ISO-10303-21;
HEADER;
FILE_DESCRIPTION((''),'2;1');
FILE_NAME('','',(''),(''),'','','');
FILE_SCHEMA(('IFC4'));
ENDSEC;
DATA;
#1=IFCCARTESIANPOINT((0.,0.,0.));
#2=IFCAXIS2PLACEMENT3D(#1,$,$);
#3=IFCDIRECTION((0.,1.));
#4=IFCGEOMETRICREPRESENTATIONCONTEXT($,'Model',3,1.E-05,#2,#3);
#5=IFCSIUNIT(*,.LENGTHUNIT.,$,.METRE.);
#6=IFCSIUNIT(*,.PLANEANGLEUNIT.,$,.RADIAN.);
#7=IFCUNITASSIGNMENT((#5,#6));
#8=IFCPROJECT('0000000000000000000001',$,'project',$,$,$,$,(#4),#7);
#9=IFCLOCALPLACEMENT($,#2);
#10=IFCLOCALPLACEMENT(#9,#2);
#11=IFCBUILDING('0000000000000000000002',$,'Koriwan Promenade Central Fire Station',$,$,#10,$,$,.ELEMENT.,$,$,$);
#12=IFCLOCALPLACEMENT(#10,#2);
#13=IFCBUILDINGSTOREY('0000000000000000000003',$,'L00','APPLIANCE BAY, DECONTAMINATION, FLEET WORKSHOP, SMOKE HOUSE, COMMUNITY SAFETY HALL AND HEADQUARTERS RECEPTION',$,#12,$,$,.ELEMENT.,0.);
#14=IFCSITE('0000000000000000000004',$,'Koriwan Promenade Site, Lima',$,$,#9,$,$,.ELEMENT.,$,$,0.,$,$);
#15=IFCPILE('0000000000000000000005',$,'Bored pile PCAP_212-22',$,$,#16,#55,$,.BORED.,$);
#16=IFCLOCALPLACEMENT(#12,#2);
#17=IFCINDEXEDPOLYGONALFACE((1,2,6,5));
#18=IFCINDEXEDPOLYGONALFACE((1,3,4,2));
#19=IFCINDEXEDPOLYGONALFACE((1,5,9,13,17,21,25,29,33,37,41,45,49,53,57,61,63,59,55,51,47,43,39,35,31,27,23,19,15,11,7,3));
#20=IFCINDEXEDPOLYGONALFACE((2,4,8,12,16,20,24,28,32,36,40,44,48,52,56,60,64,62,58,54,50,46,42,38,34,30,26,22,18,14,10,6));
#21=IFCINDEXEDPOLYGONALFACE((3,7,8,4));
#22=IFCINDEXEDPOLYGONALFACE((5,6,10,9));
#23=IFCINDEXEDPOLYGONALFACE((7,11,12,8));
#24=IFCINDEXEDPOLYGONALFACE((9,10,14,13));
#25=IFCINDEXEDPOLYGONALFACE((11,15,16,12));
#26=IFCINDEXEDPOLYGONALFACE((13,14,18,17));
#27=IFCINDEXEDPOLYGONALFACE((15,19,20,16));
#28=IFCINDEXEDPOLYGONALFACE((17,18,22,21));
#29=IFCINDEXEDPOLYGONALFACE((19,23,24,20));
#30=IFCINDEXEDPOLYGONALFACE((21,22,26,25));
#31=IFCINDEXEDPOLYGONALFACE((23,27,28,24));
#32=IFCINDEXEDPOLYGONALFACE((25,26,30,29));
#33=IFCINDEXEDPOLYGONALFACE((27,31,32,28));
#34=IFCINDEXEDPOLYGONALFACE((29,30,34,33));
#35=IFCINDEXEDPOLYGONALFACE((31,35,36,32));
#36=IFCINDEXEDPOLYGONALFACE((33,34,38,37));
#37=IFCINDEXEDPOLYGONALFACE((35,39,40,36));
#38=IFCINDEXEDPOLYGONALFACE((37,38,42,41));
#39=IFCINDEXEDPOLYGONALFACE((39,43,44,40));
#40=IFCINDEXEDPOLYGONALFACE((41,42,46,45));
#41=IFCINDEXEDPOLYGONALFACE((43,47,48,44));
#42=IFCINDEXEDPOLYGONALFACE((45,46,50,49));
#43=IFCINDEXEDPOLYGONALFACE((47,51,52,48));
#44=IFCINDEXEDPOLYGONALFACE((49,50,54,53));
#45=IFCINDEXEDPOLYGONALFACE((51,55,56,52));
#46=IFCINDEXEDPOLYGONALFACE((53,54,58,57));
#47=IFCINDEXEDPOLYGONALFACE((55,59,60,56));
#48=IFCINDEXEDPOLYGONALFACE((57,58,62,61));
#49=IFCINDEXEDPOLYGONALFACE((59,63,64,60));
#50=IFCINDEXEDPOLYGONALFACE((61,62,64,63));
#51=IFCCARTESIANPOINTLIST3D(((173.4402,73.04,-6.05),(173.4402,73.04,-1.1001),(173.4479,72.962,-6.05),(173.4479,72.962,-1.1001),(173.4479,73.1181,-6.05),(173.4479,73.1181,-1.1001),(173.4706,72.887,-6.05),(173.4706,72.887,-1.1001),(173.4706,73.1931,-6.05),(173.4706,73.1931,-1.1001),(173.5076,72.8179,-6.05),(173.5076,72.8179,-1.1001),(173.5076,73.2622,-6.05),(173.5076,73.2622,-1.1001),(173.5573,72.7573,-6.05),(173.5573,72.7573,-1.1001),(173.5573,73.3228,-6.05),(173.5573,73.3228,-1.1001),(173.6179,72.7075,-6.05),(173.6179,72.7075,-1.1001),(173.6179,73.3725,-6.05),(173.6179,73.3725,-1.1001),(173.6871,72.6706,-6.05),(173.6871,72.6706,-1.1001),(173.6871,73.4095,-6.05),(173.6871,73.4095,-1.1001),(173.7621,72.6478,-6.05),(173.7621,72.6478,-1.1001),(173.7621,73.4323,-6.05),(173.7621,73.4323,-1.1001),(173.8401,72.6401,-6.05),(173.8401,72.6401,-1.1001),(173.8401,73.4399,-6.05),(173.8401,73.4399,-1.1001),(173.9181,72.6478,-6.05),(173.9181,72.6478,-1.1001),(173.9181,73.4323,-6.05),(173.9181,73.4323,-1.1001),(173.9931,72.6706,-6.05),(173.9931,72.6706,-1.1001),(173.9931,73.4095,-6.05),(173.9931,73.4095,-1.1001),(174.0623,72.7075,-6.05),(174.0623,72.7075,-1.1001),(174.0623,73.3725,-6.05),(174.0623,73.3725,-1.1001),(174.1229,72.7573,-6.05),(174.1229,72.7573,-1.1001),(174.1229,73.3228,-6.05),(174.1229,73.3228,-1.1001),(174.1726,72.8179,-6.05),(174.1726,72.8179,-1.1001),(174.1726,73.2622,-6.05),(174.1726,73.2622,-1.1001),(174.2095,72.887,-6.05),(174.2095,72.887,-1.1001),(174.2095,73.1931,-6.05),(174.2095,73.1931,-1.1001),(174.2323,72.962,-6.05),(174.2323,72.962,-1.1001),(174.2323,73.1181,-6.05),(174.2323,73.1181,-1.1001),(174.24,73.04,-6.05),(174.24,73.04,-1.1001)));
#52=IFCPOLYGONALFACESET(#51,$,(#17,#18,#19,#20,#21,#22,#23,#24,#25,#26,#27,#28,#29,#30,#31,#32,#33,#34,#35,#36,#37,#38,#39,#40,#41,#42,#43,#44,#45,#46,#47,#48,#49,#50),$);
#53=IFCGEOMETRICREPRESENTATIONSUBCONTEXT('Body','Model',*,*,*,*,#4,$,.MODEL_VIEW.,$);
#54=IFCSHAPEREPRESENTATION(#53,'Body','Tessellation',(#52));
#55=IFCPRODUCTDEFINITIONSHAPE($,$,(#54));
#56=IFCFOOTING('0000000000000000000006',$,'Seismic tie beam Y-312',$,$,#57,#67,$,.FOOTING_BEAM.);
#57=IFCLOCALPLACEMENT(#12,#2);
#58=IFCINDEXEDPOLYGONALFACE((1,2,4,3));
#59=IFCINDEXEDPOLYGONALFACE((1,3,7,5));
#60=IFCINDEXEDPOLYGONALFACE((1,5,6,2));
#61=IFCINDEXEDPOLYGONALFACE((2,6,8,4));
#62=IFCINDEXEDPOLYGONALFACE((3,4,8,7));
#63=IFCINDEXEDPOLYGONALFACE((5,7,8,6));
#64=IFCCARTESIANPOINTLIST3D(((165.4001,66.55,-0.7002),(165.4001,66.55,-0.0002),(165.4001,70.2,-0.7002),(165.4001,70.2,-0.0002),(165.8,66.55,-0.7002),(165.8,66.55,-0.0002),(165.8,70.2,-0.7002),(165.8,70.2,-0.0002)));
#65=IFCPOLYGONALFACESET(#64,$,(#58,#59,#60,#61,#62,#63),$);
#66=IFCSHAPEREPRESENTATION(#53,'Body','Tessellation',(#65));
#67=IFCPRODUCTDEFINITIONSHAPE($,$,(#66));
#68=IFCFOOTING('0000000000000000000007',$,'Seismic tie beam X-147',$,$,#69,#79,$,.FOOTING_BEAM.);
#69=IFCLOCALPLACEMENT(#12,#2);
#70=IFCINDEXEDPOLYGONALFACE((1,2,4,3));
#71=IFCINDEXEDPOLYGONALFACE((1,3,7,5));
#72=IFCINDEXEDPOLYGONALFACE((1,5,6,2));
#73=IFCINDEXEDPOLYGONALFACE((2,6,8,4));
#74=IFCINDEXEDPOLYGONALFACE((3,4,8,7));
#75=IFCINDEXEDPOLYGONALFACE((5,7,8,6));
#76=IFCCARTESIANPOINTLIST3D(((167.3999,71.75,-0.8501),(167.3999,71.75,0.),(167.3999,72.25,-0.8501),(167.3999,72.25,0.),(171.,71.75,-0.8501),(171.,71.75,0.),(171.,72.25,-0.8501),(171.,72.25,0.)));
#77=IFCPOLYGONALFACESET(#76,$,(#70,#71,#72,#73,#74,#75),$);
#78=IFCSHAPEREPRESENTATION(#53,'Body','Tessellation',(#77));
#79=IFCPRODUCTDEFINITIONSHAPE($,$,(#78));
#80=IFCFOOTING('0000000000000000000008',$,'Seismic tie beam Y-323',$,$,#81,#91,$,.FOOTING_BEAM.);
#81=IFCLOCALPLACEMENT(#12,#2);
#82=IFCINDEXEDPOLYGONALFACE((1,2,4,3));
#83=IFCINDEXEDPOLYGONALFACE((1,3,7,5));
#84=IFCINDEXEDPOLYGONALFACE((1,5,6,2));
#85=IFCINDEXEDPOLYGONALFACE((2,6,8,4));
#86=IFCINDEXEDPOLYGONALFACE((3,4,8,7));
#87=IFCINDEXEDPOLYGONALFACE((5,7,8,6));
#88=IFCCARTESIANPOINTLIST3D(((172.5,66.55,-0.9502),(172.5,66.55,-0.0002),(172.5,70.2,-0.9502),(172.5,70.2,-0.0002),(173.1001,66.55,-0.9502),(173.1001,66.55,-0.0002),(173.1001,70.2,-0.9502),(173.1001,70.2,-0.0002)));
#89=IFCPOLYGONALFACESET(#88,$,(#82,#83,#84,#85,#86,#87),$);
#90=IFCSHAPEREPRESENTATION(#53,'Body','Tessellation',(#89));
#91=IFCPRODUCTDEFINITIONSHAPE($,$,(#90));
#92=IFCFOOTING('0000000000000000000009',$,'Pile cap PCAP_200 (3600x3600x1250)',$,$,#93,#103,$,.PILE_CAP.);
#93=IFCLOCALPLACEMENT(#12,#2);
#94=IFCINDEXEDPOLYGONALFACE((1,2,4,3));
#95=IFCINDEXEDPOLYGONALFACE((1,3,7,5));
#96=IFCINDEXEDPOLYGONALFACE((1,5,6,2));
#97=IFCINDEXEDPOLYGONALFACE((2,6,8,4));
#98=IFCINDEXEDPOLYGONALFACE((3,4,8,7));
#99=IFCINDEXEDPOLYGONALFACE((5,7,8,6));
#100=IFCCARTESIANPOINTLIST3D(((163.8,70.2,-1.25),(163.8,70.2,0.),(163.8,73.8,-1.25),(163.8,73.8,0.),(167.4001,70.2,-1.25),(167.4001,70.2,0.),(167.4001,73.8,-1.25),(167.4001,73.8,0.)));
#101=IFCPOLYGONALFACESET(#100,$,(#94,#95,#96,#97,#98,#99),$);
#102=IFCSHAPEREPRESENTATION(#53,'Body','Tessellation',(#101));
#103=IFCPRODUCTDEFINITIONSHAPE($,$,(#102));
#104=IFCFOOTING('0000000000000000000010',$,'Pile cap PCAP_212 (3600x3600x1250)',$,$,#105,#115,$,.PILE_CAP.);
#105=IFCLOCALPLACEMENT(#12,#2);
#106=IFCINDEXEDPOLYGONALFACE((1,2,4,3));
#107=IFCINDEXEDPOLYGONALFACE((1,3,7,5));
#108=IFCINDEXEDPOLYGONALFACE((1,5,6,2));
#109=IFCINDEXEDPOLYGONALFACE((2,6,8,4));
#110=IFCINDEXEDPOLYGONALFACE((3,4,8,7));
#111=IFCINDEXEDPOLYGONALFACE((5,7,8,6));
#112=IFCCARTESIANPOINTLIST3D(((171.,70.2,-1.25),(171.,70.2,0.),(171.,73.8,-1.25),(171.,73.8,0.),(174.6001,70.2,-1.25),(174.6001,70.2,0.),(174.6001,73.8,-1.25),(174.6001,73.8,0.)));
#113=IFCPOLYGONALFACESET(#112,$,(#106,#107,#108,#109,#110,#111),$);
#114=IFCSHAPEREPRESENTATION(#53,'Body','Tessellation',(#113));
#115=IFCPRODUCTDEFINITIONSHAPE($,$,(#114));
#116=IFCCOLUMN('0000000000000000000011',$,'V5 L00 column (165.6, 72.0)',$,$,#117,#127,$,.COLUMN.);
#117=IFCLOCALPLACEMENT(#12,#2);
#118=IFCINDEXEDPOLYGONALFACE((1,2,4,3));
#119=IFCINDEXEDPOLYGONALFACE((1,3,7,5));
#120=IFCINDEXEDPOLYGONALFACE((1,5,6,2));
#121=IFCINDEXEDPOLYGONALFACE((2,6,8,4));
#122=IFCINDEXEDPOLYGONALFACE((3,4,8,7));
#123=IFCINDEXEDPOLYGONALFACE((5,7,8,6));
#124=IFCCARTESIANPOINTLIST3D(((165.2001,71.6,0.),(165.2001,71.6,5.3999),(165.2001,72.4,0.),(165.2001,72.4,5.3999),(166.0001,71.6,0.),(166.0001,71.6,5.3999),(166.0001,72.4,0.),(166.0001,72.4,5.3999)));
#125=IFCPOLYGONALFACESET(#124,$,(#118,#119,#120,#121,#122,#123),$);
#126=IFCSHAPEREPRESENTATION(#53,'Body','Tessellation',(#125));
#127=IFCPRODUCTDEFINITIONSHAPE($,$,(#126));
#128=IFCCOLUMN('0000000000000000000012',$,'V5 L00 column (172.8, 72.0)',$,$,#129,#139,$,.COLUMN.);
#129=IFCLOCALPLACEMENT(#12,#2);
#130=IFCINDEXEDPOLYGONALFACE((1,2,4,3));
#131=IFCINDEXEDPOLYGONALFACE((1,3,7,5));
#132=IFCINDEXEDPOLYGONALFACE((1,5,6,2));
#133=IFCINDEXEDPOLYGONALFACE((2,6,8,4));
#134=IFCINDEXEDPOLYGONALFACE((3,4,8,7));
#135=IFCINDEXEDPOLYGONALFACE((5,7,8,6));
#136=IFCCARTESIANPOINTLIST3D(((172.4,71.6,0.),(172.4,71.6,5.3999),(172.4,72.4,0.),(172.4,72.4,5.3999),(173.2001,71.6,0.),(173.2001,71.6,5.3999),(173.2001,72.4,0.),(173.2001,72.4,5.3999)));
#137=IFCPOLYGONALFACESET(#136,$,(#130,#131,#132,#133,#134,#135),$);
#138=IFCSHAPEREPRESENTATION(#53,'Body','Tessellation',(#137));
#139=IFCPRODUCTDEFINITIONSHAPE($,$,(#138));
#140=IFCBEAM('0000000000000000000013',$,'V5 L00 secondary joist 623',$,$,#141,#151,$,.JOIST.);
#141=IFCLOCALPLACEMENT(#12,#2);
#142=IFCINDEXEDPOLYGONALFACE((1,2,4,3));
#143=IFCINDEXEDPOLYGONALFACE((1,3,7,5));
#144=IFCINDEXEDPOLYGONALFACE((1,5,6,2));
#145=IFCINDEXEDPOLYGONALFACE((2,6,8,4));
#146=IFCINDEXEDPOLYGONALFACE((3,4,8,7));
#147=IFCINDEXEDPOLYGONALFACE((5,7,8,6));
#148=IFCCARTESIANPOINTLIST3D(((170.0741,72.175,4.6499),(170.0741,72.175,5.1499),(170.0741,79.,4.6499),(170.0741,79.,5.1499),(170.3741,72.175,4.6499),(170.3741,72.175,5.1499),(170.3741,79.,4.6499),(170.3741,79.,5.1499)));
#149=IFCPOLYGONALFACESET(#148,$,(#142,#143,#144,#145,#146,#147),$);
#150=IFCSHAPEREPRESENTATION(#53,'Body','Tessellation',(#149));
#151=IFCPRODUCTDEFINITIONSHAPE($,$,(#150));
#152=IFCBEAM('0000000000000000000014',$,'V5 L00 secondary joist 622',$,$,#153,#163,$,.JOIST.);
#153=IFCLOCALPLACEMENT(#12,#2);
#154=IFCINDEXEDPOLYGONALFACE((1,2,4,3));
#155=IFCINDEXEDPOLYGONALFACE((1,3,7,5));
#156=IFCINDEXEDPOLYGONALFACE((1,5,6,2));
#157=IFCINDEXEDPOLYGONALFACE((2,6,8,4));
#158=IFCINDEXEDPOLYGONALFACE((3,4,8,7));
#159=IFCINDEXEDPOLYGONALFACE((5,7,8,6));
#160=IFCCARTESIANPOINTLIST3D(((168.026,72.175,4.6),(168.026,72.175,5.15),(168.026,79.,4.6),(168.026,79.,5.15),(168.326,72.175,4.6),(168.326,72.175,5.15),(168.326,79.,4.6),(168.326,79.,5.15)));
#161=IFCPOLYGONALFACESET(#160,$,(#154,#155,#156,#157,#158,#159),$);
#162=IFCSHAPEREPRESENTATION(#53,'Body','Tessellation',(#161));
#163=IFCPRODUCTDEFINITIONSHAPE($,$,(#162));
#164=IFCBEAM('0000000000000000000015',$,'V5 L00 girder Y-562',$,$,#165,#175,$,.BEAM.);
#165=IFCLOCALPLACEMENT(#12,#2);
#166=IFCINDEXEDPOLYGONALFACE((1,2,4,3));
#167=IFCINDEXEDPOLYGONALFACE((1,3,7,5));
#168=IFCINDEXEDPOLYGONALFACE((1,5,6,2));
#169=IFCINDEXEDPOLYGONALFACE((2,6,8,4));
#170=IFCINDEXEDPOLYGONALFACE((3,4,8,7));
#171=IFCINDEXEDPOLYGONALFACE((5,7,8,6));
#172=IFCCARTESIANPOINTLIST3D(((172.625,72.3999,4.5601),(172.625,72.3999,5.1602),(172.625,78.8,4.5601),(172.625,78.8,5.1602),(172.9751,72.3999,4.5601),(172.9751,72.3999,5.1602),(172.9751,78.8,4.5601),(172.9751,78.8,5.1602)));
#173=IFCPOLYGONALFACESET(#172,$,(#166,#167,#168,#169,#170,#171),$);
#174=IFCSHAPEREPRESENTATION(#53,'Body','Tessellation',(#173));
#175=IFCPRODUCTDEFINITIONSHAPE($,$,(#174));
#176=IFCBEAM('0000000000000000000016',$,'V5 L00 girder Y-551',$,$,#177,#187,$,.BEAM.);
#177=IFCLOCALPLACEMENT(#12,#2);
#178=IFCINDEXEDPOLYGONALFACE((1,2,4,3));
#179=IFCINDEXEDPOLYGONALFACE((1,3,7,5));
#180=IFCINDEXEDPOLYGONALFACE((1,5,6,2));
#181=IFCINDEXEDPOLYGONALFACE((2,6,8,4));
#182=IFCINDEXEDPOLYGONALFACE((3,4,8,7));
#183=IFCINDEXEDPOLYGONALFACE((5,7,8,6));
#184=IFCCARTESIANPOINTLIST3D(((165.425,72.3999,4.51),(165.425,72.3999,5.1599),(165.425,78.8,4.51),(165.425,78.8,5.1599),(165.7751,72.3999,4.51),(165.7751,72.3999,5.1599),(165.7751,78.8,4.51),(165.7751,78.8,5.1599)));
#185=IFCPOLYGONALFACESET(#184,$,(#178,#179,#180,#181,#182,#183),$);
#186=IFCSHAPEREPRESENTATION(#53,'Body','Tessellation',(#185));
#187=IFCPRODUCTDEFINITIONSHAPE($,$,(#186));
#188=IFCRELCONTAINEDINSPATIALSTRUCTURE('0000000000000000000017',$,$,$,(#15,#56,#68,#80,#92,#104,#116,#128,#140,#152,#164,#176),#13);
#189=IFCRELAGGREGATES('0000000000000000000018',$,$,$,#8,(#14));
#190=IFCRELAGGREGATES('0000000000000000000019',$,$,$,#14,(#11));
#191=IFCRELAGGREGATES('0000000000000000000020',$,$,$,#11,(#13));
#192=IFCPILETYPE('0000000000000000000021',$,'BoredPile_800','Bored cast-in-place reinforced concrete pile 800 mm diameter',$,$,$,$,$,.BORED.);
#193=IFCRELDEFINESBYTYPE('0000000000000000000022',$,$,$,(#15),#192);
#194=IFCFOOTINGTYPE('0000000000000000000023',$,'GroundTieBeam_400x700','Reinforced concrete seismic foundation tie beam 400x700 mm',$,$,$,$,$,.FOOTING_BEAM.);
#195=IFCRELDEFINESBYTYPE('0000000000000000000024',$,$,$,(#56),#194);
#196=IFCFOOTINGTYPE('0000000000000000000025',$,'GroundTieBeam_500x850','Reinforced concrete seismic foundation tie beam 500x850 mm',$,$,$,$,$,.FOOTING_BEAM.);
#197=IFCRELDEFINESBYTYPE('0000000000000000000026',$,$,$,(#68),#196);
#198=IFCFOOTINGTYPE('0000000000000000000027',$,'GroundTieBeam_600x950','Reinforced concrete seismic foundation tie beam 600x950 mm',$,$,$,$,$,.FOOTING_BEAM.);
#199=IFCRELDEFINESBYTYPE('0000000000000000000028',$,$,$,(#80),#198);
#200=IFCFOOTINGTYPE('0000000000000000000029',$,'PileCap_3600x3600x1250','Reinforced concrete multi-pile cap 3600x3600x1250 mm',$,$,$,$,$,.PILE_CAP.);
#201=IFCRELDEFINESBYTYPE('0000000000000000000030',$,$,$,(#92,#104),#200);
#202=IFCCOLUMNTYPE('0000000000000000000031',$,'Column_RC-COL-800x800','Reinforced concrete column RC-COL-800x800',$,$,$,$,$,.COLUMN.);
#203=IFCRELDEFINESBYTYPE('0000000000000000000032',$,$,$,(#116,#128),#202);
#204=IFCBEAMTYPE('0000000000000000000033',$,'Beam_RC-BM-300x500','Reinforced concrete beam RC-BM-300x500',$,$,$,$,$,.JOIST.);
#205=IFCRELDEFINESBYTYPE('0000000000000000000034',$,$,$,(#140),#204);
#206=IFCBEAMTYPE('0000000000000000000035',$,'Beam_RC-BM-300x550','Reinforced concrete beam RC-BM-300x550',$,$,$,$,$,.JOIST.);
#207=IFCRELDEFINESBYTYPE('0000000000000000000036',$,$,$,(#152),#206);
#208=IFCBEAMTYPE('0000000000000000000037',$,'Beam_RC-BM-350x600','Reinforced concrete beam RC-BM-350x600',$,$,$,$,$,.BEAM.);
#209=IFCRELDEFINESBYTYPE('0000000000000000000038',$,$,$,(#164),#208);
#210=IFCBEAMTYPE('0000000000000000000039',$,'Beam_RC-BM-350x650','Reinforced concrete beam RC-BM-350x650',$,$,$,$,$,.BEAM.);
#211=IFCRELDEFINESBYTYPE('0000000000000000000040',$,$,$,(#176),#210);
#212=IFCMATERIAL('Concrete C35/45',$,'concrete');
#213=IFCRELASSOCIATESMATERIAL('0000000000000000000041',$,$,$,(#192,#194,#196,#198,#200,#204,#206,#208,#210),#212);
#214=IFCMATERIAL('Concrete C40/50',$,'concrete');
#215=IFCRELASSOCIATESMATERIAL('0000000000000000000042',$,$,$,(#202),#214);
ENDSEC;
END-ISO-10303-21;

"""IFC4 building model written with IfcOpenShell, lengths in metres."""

from ifc_helpers import new_model, si_unit, direction, frame, origin, origin_2d, place, context, subcontext, project, spatial, rectangle, circle, extrude, material, material_profile, profile_set, type_object, element, save


model = new_model("IFC4")

# Units and contexts
model_context = context("Model", 3, precision=1e-05, world=origin(), true_north=direction((0.0, 1.0)))
body_context = subcontext(model_context, "Body", "Model", "MODEL_VIEW")
ifc_project = project(units=[si_unit("LENGTHUNIT", "METRE"), si_unit("PLANEANGLEUNIT", "RADIAN")], contexts=[model_context])

# Site, building, storey
site_placement = place(None, origin())
site = spatial("IfcSite", under=ifc_project, at=site_placement, Name="Koriwan Promenade Site, Lima", CompositionType="ELEMENT", RefElevation=0.0)
building_placement = place(site_placement, origin())
building = spatial("IfcBuilding", under=site, at=building_placement, Name="Koriwan Promenade Central Fire Station", CompositionType="ELEMENT")
storey_placement = place(building_placement, origin())
storey = spatial("IfcBuildingStorey", under=building, at=storey_placement, Name="L00", Description="APPLIANCE BAY, DECONTAMINATION, FLEET WORKSHOP, SMOKE HOUSE, COMMUNITY SAFETY HALL AND HEADQUARTERS RECEPTION", CompositionType="ELEMENT", Elevation=0.0)

# Pile
ifc_material_1 = material(Name="Concrete C35/45", Category="concrete")
ifc_material_profile_1 = material_profile(ifc_material_1, circle(Radius=0.3999, at=origin_2d()), Name="PILE-D800")
ifc_profile_set_1 = profile_set([ifc_material_profile_1], Name="Concrete C35/45")
pile_type = type_object("IfcPileType", Name="BoredPile_800", Description="Bored cast-in-place reinforced concrete pile 800 mm diameter", PredefinedType="BORED", material=ifc_profile_set_1)
for number, where, z_axis, x_axis, name in (
    (1, (173.8401, 73.04, -1.1001), (0.0, 0.0, -1.0), (1.0, 0.0, 0.0), "Bored pile PCAP_212-22"),
):
    element("IfcPile", number, at=place(storey_placement, frame(where, z_axis=z_axis, x_axis=x_axis)), inside=storey, type_object=pile_type, Name=name, PredefinedType="BORED", context=body_context, shape_type="SweptSolid", body=[
        extrude(circle(Radius=0.3999, at=origin_2d()), origin(), (0.0, 0.0, 1.0), 4.95),
    ])

# Footings
footing_type_1 = type_object("IfcFootingType", Name="GroundTieBeam_400x700", Description="Reinforced concrete seismic foundation tie beam 400x700 mm", PredefinedType="FOOTING_BEAM", material=ifc_material_1)
footing_1_placement = place(storey_placement, frame((165.6001, 68.375, -0.7002), z_axis=(0.0, 0.0, 1.0), x_axis=(0.0, 1.0, 0.0)))
element("IfcFooting", 2, at=footing_1_placement, inside=storey, type_object=footing_type_1, Name="Seismic tie beam Y-312", PredefinedType="FOOTING_BEAM", context=body_context, shape_type="SweptSolid", body=[
    extrude(rectangle(XDim=3.6499, YDim=0.3999, at=origin_2d()), origin(), (0.0, 0.0, 1.0), 0.7),
])
footing_type_2 = type_object("IfcFootingType", Name="GroundTieBeam_500x850", Description="Reinforced concrete seismic foundation tie beam 500x850 mm", PredefinedType="FOOTING_BEAM", material=ifc_material_1)
footing_2_placement = place(storey_placement, frame((169.2, 72.0, -0.8501), z_axis=(0.0, 0.0, 1.0), x_axis=(1.0, 0.0, 0.0)))
element("IfcFooting", 3, at=footing_2_placement, inside=storey, type_object=footing_type_2, Name="Seismic tie beam X-147", PredefinedType="FOOTING_BEAM", context=body_context, shape_type="SweptSolid", body=[
    extrude(rectangle(XDim=3.6001, YDim=0.5, at=origin_2d()), origin(), (0.0, 0.0, 1.0), 0.8501),
])
footing_type_3 = type_object("IfcFootingType", Name="GroundTieBeam_600x950", Description="Reinforced concrete seismic foundation tie beam 600x950 mm", PredefinedType="FOOTING_BEAM", material=ifc_material_1)
footing_3_placement = place(storey_placement, frame((172.8, 68.375, -0.9502), z_axis=(0.0, 0.0, 1.0), x_axis=(0.0, 1.0, 0.0)))
element("IfcFooting", 4, at=footing_3_placement, inside=storey, type_object=footing_type_3, Name="Seismic tie beam Y-323", PredefinedType="FOOTING_BEAM", context=body_context, shape_type="SweptSolid", body=[
    extrude(rectangle(XDim=3.6499, YDim=0.6001, at=origin_2d()), origin(), (0.0, 0.0, 1.0), 0.95),
])
footing_type_4 = type_object("IfcFootingType", Name="PileCap_3600x3600x1250", Description="Reinforced concrete multi-pile cap 3600x3600x1250 mm", PredefinedType="PILE_CAP", material=ifc_material_1)
for number, where, z_axis, x_axis, name in (
    (5, (165.6001, 72.0, -1.25), (0.0, 0.0, 1.0), (1.0, 0.0, 0.0), "Pile cap PCAP_200 (3600x3600x1250)"),
    (6, (172.8, 72.0, -1.25), (0.0, 0.0, 1.0), (1.0, 0.0, 0.0), "Pile cap PCAP_212 (3600x3600x1250)"),
):
    element("IfcFooting", number, at=place(storey_placement, frame(where, z_axis=z_axis, x_axis=x_axis)), inside=storey, type_object=footing_type_4, Name=name, PredefinedType="PILE_CAP", context=body_context, shape_type="SweptSolid", body=[
        extrude(rectangle(XDim=3.6001, YDim=3.6001, at=origin_2d()), origin(), (0.0, 0.0, 1.0), 1.25),
    ])

# Columns
ifc_material_2 = material(Name="Concrete C40/50", Category="concrete")
ifc_material_profile_2 = material_profile(ifc_material_2, rectangle(XDim=0.8, YDim=0.8, at=origin_2d()), Name="RC-COL-800x800")
ifc_profile_set_2 = profile_set([ifc_material_profile_2], Name="Concrete C40/50")
column_type = type_object("IfcColumnType", Name="Column_RC-COL-800x800", Description="Reinforced concrete column RC-COL-800x800", PredefinedType="COLUMN", material=ifc_profile_set_2)
for number, where, z_axis, x_axis, name in (
    (7, (165.6001, 72.0, 0.0), (0.0, 0.0, 1.0), (1.0, 0.0, 0.0), "V5 L00 column (165.6, 72.0)"),
    (8, (172.8, 72.0, 0.0), (0.0, 0.0, 1.0), (1.0, 0.0, 0.0), "V5 L00 column (172.8, 72.0)"),
):
    element("IfcColumn", number, at=place(storey_placement, frame(where, z_axis=z_axis, x_axis=x_axis)), inside=storey, type_object=column_type, Name=name, PredefinedType="COLUMN", context=body_context, shape_type="SweptSolid", body=[
        extrude(rectangle(XDim=0.8, YDim=0.8, at=origin_2d()), origin(), (0.0, 0.0, 1.0), 5.3999),
    ])

# Beams
ifc_material_profile_3 = material_profile(ifc_material_1, rectangle(XDim=0.3, YDim=0.5, at=origin_2d()), Name="RC-BM-300x500")
ifc_profile_set_3 = profile_set([ifc_material_profile_3], Name="Concrete C35/45")
beam_type_1 = type_object("IfcBeamType", Name="Beam_RC-BM-300x500", Description="Reinforced concrete beam RC-BM-300x500", PredefinedType="JOIST", material=ifc_profile_set_3)
beam_1_placement = place(storey_placement, frame((170.2241, 72.175, 4.8999), z_axis=(0.0, 1.0, 0.0), x_axis=(-1.0, 0.0, 0.0)))
element("IfcBeam", 9, at=beam_1_placement, inside=storey, type_object=beam_type_1, Name="V5 L00 secondary joist 623", PredefinedType="JOIST", context=body_context, shape_type="SweptSolid", body=[
    extrude(rectangle(XDim=0.3, YDim=0.5, at=origin_2d()), origin(), (0.0, 0.0, 1.0), 6.825),
])
ifc_material_profile_4 = material_profile(ifc_material_1, rectangle(XDim=0.3, YDim=0.55, at=origin_2d()), Name="RC-BM-300x550")
ifc_profile_set_4 = profile_set([ifc_material_profile_4], Name="Concrete C35/45")
beam_type_2 = type_object("IfcBeamType", Name="Beam_RC-BM-300x550", Description="Reinforced concrete beam RC-BM-300x550", PredefinedType="JOIST", material=ifc_profile_set_4)
beam_2_placement = place(storey_placement, frame((168.176, 72.175, 4.875), z_axis=(0.0, 1.0, 0.0), x_axis=(-1.0, 0.0, 0.0)))
element("IfcBeam", 10, at=beam_2_placement, inside=storey, type_object=beam_type_2, Name="V5 L00 secondary joist 622", PredefinedType="JOIST", context=body_context, shape_type="SweptSolid", body=[
    extrude(rectangle(XDim=0.3, YDim=0.55, at=origin_2d()), origin(), (0.0, 0.0, 1.0), 6.825),
])
ifc_material_profile_5 = material_profile(ifc_material_1, rectangle(XDim=0.3501, YDim=0.6001, at=origin_2d()), Name="RC-BM-350x600")
ifc_profile_set_5 = profile_set([ifc_material_profile_5], Name="Concrete C35/45")
beam_type_3 = type_object("IfcBeamType", Name="Beam_RC-BM-350x600", Description="Reinforced concrete beam RC-BM-350x600", PredefinedType="BEAM", material=ifc_profile_set_5)
beam_3_placement = place(storey_placement, frame((172.8, 72.3999, 4.8601), z_axis=(0.0, 1.0, 0.0), x_axis=(-1.0, 0.0, 0.0)))
element("IfcBeam", 11, at=beam_3_placement, inside=storey, type_object=beam_type_3, Name="V5 L00 girder Y-562", PredefinedType="BEAM", context=body_context, shape_type="SweptSolid", body=[
    extrude(rectangle(XDim=0.3501, YDim=0.6001, at=origin_2d()), origin(), (0.0, 0.0, 1.0), 6.4001),
])
ifc_material_profile_6 = material_profile(ifc_material_1, rectangle(XDim=0.3501, YDim=0.6499, at=origin_2d()), Name="RC-BM-350x650")
ifc_profile_set_6 = profile_set([ifc_material_profile_6], Name="Concrete C35/45")
beam_type_4 = type_object("IfcBeamType", Name="Beam_RC-BM-350x650", Description="Reinforced concrete beam RC-BM-350x650", PredefinedType="BEAM", material=ifc_profile_set_6)
beam_4_placement = place(storey_placement, frame((165.6001, 72.3999, 4.835), z_axis=(0.0, 1.0, 0.0), x_axis=(-1.0, 0.0, 0.0)))
element("IfcBeam", 12, at=beam_4_placement, inside=storey, type_object=beam_type_4, Name="V5 L00 girder Y-551", PredefinedType="BEAM", context=body_context, shape_type="SweptSolid", body=[
    extrude(rectangle(XDim=0.3501, YDim=0.6499, at=origin_2d()), origin(), (0.0, 0.0, 1.0), 6.4001),
])

save(model, "model.ifc")
